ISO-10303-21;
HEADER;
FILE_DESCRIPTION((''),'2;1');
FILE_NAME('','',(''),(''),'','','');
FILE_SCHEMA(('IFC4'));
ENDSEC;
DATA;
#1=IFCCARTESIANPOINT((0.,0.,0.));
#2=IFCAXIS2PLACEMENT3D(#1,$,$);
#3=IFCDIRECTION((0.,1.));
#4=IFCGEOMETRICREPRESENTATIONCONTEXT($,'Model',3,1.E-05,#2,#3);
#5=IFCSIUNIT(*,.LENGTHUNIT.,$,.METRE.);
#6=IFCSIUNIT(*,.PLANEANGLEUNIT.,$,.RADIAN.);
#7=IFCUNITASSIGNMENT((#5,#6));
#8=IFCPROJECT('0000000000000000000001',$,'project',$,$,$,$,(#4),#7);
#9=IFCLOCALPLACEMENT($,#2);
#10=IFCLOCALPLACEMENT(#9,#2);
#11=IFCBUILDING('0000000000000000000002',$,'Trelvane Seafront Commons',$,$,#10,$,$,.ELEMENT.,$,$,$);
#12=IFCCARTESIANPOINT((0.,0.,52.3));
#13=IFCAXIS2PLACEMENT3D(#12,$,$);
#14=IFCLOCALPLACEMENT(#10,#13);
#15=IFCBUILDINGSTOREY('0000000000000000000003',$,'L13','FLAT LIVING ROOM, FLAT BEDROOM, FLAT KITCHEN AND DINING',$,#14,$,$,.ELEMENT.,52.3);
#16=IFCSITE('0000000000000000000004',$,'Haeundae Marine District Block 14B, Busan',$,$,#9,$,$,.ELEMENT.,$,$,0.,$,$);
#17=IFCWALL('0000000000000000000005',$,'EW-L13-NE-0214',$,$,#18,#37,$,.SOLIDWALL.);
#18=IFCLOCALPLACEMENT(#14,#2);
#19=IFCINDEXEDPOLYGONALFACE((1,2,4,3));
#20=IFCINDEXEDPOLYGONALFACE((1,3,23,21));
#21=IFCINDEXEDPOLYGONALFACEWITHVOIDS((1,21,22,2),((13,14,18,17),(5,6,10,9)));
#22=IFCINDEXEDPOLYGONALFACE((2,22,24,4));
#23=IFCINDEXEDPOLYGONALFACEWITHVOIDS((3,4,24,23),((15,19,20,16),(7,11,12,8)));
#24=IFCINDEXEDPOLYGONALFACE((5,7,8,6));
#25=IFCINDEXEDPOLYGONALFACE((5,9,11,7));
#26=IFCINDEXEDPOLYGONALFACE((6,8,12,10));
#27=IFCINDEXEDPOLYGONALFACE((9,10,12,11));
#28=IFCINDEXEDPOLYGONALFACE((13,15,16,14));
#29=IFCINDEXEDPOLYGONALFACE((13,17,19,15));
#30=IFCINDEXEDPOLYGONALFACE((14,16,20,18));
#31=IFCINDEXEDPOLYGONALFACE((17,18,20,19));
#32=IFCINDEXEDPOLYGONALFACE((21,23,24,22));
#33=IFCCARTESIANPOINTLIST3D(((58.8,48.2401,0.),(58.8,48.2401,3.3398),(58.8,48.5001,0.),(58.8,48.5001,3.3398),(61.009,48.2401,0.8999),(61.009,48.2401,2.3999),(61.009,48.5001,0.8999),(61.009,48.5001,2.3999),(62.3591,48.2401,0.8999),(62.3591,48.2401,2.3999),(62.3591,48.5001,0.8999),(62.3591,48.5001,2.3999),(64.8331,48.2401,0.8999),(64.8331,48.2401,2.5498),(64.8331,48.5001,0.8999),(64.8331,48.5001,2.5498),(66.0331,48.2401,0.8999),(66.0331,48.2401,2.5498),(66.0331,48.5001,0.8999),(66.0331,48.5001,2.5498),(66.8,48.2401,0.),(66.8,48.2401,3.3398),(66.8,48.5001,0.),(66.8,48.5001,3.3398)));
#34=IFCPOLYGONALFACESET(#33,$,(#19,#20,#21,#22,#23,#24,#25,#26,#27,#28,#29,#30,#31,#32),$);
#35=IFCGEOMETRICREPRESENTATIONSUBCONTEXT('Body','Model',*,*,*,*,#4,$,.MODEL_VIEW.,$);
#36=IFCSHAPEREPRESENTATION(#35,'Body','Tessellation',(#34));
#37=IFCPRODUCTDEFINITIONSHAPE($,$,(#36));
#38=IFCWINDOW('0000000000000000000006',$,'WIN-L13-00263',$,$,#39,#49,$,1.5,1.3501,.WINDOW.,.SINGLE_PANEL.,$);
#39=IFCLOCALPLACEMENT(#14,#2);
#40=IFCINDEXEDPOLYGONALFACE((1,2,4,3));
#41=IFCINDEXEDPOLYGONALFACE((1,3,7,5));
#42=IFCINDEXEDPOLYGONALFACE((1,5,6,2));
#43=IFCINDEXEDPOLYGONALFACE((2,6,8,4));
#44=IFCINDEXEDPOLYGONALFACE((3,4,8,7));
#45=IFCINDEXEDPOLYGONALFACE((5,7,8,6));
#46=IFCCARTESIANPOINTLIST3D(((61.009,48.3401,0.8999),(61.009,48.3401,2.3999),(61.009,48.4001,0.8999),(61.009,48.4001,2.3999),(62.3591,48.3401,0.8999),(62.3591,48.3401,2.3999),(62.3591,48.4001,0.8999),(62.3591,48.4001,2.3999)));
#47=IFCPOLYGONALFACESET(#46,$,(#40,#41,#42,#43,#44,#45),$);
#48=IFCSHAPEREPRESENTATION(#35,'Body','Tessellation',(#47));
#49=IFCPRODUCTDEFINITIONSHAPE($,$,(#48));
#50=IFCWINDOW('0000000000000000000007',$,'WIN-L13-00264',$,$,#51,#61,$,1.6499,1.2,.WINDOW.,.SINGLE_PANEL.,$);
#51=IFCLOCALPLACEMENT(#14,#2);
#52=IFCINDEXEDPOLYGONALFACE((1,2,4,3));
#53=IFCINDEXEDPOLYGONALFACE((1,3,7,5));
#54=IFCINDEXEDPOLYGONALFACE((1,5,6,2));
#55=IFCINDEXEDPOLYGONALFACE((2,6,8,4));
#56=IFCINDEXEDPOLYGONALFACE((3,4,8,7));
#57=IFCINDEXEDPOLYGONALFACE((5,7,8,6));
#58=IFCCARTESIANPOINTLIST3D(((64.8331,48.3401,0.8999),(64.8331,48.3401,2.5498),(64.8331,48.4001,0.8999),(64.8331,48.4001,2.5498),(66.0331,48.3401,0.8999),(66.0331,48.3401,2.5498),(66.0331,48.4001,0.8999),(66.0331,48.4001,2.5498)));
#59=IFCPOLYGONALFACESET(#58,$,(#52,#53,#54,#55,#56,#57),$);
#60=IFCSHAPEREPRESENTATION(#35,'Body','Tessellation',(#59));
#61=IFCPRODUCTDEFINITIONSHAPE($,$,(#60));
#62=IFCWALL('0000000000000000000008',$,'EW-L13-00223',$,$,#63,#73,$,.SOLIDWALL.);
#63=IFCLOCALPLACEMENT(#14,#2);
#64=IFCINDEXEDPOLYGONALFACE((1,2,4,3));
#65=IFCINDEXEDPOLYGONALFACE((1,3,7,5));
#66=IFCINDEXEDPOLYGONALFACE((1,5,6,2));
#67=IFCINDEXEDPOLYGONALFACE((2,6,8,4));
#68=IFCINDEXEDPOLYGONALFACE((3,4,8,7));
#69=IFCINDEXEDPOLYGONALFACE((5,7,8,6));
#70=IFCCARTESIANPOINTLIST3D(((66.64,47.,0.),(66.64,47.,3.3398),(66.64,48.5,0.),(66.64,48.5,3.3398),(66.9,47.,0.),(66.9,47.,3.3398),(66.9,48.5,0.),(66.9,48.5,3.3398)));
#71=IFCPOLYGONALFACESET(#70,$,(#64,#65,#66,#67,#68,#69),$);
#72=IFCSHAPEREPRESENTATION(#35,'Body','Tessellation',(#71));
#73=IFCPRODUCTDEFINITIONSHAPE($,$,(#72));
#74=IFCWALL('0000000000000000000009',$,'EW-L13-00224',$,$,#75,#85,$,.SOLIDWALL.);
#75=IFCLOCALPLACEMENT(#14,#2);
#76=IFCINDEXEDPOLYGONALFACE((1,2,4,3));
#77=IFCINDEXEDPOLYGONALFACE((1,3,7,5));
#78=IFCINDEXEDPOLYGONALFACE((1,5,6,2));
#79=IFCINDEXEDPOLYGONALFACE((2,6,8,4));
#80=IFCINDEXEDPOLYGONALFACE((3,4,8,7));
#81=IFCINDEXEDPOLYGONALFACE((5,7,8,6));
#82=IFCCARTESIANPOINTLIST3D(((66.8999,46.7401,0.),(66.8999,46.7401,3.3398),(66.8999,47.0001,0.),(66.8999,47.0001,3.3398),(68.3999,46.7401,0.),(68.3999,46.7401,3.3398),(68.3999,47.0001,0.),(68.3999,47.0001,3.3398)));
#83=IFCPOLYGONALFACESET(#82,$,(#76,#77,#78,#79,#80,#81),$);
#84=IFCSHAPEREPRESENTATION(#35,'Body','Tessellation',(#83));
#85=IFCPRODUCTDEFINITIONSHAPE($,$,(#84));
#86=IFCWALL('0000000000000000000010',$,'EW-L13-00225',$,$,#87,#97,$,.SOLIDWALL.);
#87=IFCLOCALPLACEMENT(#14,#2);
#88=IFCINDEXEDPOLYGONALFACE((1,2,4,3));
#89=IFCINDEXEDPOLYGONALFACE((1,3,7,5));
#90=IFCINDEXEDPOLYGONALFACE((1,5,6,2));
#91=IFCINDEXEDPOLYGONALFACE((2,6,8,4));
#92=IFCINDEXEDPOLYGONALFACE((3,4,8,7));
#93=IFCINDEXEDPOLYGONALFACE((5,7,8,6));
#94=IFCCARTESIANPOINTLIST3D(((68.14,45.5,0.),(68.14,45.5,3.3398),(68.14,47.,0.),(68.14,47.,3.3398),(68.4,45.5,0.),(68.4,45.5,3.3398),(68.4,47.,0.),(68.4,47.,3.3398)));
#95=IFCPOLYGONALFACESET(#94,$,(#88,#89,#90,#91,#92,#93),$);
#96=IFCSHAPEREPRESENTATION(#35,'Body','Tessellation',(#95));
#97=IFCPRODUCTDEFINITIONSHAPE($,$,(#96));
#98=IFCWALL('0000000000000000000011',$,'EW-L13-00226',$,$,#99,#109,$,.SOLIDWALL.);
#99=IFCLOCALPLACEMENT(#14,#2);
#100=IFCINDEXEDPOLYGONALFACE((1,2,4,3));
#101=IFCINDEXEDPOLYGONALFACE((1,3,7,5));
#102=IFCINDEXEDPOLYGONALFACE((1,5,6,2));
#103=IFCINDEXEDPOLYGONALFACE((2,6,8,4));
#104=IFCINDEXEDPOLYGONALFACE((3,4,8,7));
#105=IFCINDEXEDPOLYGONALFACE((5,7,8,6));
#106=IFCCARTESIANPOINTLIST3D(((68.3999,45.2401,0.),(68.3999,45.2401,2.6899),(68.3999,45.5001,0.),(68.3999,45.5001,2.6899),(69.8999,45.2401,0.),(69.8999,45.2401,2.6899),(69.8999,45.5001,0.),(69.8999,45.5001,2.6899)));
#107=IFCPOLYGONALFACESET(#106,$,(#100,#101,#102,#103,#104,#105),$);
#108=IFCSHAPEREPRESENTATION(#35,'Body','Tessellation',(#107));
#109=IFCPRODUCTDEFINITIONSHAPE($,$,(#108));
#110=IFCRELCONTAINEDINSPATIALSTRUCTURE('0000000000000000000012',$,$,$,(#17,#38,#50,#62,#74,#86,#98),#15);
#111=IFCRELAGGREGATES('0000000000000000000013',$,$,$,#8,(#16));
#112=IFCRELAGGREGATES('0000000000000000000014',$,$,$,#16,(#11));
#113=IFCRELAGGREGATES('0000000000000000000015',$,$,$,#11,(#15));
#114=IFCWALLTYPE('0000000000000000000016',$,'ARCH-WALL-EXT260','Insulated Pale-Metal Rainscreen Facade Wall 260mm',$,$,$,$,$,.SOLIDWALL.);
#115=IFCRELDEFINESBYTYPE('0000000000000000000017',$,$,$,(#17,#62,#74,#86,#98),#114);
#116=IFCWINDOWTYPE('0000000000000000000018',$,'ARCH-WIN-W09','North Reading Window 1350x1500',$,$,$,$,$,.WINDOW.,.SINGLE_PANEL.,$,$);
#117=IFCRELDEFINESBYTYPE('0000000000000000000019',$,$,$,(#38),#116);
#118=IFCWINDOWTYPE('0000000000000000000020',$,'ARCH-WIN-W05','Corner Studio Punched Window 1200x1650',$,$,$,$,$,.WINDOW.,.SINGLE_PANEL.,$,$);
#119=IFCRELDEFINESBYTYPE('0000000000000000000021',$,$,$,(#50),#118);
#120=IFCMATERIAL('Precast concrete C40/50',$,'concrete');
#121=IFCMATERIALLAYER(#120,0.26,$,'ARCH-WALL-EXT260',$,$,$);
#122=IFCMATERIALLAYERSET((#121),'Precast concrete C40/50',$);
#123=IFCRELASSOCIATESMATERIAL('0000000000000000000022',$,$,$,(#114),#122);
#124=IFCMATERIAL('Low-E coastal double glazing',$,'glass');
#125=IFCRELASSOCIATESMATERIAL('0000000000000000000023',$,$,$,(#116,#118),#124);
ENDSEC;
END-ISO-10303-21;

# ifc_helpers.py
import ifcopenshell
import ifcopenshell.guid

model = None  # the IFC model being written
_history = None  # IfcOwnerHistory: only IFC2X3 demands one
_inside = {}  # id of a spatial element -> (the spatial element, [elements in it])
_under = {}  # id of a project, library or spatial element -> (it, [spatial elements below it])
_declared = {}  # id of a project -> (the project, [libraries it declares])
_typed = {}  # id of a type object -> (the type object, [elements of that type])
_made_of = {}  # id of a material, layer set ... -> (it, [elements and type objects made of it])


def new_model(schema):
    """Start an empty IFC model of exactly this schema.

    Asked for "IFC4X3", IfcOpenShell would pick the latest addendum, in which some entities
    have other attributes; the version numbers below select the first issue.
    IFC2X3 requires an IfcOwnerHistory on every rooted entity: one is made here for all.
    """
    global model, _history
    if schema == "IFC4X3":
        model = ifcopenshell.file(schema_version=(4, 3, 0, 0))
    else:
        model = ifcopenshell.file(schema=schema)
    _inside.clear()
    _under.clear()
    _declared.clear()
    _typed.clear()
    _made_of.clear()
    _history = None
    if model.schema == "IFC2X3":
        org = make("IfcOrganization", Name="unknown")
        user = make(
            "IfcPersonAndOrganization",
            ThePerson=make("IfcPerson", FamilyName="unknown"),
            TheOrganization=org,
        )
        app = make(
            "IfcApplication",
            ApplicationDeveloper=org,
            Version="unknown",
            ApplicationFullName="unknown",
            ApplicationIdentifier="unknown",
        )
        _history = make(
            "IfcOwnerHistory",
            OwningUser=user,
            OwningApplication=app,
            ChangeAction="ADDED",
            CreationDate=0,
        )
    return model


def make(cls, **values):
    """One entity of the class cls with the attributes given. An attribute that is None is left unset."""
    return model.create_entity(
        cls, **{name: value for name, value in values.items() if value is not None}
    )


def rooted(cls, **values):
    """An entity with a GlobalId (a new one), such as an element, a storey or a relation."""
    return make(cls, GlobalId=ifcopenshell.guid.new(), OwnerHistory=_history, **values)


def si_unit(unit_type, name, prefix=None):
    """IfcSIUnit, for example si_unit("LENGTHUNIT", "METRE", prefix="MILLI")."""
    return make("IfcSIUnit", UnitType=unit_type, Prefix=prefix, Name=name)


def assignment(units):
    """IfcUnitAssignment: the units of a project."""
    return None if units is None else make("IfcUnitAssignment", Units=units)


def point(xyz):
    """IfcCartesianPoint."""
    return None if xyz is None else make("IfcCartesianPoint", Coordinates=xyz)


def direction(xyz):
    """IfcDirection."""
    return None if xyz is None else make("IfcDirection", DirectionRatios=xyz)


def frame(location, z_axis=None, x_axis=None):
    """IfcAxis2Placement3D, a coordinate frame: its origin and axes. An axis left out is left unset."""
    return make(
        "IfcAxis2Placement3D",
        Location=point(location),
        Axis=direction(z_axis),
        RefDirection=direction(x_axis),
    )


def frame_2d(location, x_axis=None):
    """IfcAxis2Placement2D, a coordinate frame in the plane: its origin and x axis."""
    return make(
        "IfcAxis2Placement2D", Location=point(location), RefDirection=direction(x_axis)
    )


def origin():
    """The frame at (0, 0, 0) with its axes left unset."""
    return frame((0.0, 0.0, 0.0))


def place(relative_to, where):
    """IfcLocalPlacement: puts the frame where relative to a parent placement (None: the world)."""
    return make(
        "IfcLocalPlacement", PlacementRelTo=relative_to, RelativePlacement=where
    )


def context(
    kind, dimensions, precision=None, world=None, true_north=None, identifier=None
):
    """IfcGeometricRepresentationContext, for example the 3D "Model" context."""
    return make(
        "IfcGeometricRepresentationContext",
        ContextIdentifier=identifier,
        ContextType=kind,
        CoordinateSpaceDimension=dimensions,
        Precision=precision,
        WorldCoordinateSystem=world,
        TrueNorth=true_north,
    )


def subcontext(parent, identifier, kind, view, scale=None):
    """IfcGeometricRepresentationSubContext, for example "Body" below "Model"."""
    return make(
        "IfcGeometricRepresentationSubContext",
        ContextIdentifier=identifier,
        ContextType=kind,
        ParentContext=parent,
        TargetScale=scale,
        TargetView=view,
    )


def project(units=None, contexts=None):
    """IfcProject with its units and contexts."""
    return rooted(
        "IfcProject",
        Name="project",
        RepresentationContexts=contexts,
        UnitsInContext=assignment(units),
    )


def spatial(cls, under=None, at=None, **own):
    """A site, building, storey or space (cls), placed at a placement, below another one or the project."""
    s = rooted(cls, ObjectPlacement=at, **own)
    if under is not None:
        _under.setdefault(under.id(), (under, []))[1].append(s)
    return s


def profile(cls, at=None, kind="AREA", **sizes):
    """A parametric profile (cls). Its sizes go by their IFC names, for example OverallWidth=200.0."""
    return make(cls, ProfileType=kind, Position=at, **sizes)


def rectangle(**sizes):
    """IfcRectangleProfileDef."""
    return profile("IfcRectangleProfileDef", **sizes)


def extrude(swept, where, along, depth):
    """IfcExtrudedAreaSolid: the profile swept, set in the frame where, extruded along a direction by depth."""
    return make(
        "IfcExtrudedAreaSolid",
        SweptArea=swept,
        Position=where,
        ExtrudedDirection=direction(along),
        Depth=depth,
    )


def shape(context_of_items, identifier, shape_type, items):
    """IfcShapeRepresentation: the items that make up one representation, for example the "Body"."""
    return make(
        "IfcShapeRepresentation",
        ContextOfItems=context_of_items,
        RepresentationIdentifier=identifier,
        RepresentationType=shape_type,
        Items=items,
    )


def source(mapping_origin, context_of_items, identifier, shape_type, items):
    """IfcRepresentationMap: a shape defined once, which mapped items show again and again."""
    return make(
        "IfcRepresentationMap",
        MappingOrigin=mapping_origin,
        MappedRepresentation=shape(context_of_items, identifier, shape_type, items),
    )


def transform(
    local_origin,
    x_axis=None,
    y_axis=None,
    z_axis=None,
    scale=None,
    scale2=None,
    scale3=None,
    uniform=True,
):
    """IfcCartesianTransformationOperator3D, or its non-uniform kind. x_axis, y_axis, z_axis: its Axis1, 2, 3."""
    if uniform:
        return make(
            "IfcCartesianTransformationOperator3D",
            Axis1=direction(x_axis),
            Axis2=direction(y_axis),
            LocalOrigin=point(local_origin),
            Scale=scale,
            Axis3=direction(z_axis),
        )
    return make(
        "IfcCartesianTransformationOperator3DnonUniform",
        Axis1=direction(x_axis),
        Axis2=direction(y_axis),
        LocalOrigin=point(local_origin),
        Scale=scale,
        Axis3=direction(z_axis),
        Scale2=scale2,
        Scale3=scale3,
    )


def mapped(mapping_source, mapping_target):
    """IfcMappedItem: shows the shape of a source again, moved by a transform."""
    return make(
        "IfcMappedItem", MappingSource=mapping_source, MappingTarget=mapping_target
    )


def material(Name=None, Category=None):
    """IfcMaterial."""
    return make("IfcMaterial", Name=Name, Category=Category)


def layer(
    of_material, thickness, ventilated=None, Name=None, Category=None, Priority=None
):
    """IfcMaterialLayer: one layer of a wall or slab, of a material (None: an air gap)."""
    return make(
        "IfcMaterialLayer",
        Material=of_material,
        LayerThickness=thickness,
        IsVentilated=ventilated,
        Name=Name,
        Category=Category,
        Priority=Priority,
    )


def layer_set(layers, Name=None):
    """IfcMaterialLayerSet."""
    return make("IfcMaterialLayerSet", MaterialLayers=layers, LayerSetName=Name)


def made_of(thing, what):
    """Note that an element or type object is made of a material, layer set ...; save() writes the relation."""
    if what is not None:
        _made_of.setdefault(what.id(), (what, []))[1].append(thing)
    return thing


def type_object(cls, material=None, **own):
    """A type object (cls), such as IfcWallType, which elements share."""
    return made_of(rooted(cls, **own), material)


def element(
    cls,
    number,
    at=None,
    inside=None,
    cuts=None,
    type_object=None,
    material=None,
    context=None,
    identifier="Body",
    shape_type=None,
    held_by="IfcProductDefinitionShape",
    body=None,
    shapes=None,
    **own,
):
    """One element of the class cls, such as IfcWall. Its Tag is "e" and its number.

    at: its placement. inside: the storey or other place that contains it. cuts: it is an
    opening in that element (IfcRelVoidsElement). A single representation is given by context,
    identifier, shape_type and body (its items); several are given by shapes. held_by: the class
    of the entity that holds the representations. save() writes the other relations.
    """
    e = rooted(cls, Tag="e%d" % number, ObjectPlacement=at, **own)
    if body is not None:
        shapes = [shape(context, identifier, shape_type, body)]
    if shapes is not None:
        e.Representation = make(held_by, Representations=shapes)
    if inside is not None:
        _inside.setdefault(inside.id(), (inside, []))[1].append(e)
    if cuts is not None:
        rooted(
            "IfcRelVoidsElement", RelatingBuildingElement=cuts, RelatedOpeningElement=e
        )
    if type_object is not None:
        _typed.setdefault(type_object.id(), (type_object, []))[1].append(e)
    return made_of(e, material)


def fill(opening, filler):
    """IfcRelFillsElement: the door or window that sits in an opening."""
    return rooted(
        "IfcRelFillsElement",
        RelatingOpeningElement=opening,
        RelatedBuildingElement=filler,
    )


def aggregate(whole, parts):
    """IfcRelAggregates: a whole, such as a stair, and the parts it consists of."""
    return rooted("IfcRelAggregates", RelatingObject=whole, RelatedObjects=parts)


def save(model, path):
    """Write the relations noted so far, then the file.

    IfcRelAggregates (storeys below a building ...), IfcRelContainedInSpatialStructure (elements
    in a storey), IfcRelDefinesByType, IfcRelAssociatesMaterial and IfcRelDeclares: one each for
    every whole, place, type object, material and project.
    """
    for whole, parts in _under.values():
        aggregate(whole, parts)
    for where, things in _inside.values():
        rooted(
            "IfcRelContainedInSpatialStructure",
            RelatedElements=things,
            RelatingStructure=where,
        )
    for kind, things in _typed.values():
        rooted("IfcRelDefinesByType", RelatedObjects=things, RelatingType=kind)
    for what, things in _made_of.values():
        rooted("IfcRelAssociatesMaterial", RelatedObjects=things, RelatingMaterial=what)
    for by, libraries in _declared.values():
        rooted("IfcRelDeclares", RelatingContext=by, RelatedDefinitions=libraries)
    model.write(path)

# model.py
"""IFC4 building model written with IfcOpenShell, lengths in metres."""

from ifc_helpers import new_model, si_unit, direction, frame, frame_2d, origin, place, context, subcontext, project, spatial, rectangle, extrude, source, transform, mapped, material, layer, layer_set, type_object, element, fill, save


model = new_model("IFC4")

# Units and contexts
model_context = context("Model", 3, precision=1e-05, world=origin(), true_north=direction((0.0, 1.0)))
body_context = subcontext(model_context, "Body", "Model", "MODEL_VIEW")
ifc_project = project(units=[si_unit("LENGTHUNIT", "METRE"), si_unit("PLANEANGLEUNIT", "RADIAN")], contexts=[model_context])

# Site, building, storey
site_placement = place(None, origin())
site = spatial("IfcSite", under=ifc_project, at=site_placement, Name="Haeundae Marine District Block 14B, Busan", CompositionType="ELEMENT", RefElevation=0.0)
building_placement = place(site_placement, origin())
building = spatial("IfcBuilding", under=site, at=building_placement, Name="Trelvane Seafront Commons", CompositionType="ELEMENT")
storey_placement = place(building_placement, frame((0.0, 0.0, 52.3)))
storey = spatial("IfcBuildingStorey", under=building, at=storey_placement, Name="L13", Description="FLAT LIVING ROOM, FLAT BEDROOM, FLAT KITCHEN AND DINING", CompositionType="ELEMENT", Elevation=52.3)

# Shared definitions
ifc_material_1 = material(Name="Low-E coastal double glazing", Category="glass")

# Wall, openings, windows
ifc_material_2 = material(Name="Precast concrete C40/50", Category="concrete")
ifc_layer_1 = layer(ifc_material_2, 0.26, Name="ARCH-WALL-EXT260")
ifc_layer_set_1 = layer_set([ifc_layer_1], Name="Precast concrete C40/50")
wall_type = type_object("IfcWallType", Name="ARCH-WALL-EXT260", Description="Insulated Pale-Metal Rainscreen Facade Wall 260mm", PredefinedType="SOLIDWALL", material=ifc_layer_set_1)
wall_1_placement = place(storey_placement, frame((58.8, 48.3701, 0.0), z_axis=(0.0, 0.0, 1.0), x_axis=(1.0, 0.0, 0.0)))
wall_1 = element("IfcWall", 1, at=wall_1_placement, inside=storey, type_object=wall_type, Name="EW-L13-NE-0214", PredefinedType="SOLIDWALL", context=body_context, shape_type="SweptSolid", body=[
    extrude(rectangle(XDim=8.0, YDim=0.26, at=frame_2d((4.0, 0.0))), origin(), (0.0, 0.0, 1.0), 3.3398),
])
opening_1_placement = place(wall_1_placement, frame((2.209, 0.0, 0.8999)))
opening_1 = element("IfcOpeningElement", 2, at=opening_1_placement, cuts=wall_1, PredefinedType="OPENING", context=body_context, shape_type="SweptSolid", body=[
    extrude(rectangle(XDim=1.3501, YDim=1.5, at=frame_2d((0.675, 0.75))), frame((0.0, 0.1399, 0.0), z_axis=(0.0, -1.0, 0.0), x_axis=(1.0, 0.0, 0.0)), (0.0, 0.0, 1.0), 0.28),
])
opening_2_placement = place(wall_1_placement, frame((6.033, 0.0, 0.8999)))
opening_2 = element("IfcOpeningElement", 3, at=opening_2_placement, cuts=wall_1, PredefinedType="OPENING", context=body_context, shape_type="SweptSolid", body=[
    extrude(rectangle(XDim=1.2, YDim=1.6499, at=frame_2d((0.6001, 0.825))), frame((0.0, 0.1399, 0.0), z_axis=(0.0, -1.0, 0.0), x_axis=(1.0, 0.0, 0.0)), (0.0, 0.0, 1.0), 0.28),
])
window_type_1 = type_object("IfcWindowType", Name="ARCH-WIN-W09", Description="North Reading Window 1350x1500", PartitioningType="SINGLE_PANEL", PredefinedType="WINDOW", material=ifc_material_1)
shared_shape_1 = source(origin(), body_context, "Body", "SweptSolid", [
    extrude(rectangle(XDim=1.3501, YDim=1.5, at=frame_2d((0.675, 0.75))), frame((0.0, 0.03, 0.0), z_axis=(0.0, -1.0, 0.0), x_axis=(1.0, 0.0, 0.0)), (0.0, 0.0, 1.0), 0.0601),
])
window_1_placement = place(opening_1_placement, origin())
window_1 = element("IfcWindow", 4, at=window_1_placement, inside=storey, type_object=window_type_1, Name="WIN-L13-00263", OverallHeight=1.5, OverallWidth=1.3501, PartitioningType="SINGLE_PANEL", PredefinedType="WINDOW", context=body_context, shape_type="MappedRepresentation", body=[
    mapped(shared_shape_1, transform((0.0, 0.0, 0.0), x_axis=(1.0, 0.0, 0.0), y_axis=(0.0, 1.0, 0.0), z_axis=(0.0, 0.0, 1.0), scale=1.0)),
])
fill(opening_1, window_1)
window_type_2 = type_object("IfcWindowType", Name="ARCH-WIN-W05", Description="Corner Studio Punched Window 1200x1650", PartitioningType="SINGLE_PANEL", PredefinedType="WINDOW", material=ifc_material_1)
shared_shape_2 = source(origin(), body_context, "Body", "SweptSolid", [
    extrude(rectangle(XDim=1.2, YDim=1.6499, at=frame_2d((0.6001, 0.825))), frame((0.0, 0.03, 0.0), z_axis=(0.0, -1.0, 0.0), x_axis=(1.0, 0.0, 0.0)), (0.0, 0.0, 1.0), 0.0601),
])
window_2_placement = place(opening_2_placement, origin())
window_2 = element("IfcWindow", 5, at=window_2_placement, inside=storey, type_object=window_type_2, Name="WIN-L13-00264", OverallHeight=1.6499, OverallWidth=1.2, PartitioningType="SINGLE_PANEL", PredefinedType="WINDOW", context=body_context, shape_type="MappedRepresentation", body=[
    mapped(shared_shape_2, transform((0.0, 0.0, 0.0), x_axis=(1.0, 0.0, 0.0), y_axis=(0.0, 1.0, 0.0), z_axis=(0.0, 0.0, 1.0), scale=1.0)),
])
fill(opening_2, window_2)

# Walls
for number, where, z_axis, x_axis, name in (
    (6, (66.77, 48.5, 0.0), (0.0, 0.0, 1.0), (0.0, -1.0, 0.0), "EW-L13-00223"),
    (7, (66.8999, 46.8701, 0.0), (0.0, 0.0, 1.0), (1.0, 0.0, 0.0), "EW-L13-00224"),
    (8, (68.27, 47.0, 0.0), (0.0, 0.0, 1.0), (0.0, -1.0, 0.0), "EW-L13-00225"),
):
    element("IfcWall", number, at=place(storey_placement, frame(where, z_axis=z_axis, x_axis=x_axis)), inside=storey, type_object=wall_type, Name=name, PredefinedType="SOLIDWALL", context=body_context, shape_type="SweptSolid", body=[
        extrude(rectangle(XDim=1.5, YDim=0.26, at=frame_2d((0.75, 0.0))), origin(), (0.0, 0.0, 1.0), 3.3398),
    ])
wall_2_placement = place(storey_placement, frame((68.3999, 45.3701, 0.0), z_axis=(0.0, 0.0, 1.0), x_axis=(1.0, 0.0, 0.0)))
element("IfcWall", 9, at=wall_2_placement, inside=storey, type_object=wall_type, Name="EW-L13-00226", PredefinedType="SOLIDWALL", context=body_context, shape_type="SweptSolid", body=[
    extrude(rectangle(XDim=1.5, YDim=0.26, at=frame_2d((0.75, 0.0))), origin(), (0.0, 0.0, 1.0), 2.6899),
])

save(model, "model.ifc")
